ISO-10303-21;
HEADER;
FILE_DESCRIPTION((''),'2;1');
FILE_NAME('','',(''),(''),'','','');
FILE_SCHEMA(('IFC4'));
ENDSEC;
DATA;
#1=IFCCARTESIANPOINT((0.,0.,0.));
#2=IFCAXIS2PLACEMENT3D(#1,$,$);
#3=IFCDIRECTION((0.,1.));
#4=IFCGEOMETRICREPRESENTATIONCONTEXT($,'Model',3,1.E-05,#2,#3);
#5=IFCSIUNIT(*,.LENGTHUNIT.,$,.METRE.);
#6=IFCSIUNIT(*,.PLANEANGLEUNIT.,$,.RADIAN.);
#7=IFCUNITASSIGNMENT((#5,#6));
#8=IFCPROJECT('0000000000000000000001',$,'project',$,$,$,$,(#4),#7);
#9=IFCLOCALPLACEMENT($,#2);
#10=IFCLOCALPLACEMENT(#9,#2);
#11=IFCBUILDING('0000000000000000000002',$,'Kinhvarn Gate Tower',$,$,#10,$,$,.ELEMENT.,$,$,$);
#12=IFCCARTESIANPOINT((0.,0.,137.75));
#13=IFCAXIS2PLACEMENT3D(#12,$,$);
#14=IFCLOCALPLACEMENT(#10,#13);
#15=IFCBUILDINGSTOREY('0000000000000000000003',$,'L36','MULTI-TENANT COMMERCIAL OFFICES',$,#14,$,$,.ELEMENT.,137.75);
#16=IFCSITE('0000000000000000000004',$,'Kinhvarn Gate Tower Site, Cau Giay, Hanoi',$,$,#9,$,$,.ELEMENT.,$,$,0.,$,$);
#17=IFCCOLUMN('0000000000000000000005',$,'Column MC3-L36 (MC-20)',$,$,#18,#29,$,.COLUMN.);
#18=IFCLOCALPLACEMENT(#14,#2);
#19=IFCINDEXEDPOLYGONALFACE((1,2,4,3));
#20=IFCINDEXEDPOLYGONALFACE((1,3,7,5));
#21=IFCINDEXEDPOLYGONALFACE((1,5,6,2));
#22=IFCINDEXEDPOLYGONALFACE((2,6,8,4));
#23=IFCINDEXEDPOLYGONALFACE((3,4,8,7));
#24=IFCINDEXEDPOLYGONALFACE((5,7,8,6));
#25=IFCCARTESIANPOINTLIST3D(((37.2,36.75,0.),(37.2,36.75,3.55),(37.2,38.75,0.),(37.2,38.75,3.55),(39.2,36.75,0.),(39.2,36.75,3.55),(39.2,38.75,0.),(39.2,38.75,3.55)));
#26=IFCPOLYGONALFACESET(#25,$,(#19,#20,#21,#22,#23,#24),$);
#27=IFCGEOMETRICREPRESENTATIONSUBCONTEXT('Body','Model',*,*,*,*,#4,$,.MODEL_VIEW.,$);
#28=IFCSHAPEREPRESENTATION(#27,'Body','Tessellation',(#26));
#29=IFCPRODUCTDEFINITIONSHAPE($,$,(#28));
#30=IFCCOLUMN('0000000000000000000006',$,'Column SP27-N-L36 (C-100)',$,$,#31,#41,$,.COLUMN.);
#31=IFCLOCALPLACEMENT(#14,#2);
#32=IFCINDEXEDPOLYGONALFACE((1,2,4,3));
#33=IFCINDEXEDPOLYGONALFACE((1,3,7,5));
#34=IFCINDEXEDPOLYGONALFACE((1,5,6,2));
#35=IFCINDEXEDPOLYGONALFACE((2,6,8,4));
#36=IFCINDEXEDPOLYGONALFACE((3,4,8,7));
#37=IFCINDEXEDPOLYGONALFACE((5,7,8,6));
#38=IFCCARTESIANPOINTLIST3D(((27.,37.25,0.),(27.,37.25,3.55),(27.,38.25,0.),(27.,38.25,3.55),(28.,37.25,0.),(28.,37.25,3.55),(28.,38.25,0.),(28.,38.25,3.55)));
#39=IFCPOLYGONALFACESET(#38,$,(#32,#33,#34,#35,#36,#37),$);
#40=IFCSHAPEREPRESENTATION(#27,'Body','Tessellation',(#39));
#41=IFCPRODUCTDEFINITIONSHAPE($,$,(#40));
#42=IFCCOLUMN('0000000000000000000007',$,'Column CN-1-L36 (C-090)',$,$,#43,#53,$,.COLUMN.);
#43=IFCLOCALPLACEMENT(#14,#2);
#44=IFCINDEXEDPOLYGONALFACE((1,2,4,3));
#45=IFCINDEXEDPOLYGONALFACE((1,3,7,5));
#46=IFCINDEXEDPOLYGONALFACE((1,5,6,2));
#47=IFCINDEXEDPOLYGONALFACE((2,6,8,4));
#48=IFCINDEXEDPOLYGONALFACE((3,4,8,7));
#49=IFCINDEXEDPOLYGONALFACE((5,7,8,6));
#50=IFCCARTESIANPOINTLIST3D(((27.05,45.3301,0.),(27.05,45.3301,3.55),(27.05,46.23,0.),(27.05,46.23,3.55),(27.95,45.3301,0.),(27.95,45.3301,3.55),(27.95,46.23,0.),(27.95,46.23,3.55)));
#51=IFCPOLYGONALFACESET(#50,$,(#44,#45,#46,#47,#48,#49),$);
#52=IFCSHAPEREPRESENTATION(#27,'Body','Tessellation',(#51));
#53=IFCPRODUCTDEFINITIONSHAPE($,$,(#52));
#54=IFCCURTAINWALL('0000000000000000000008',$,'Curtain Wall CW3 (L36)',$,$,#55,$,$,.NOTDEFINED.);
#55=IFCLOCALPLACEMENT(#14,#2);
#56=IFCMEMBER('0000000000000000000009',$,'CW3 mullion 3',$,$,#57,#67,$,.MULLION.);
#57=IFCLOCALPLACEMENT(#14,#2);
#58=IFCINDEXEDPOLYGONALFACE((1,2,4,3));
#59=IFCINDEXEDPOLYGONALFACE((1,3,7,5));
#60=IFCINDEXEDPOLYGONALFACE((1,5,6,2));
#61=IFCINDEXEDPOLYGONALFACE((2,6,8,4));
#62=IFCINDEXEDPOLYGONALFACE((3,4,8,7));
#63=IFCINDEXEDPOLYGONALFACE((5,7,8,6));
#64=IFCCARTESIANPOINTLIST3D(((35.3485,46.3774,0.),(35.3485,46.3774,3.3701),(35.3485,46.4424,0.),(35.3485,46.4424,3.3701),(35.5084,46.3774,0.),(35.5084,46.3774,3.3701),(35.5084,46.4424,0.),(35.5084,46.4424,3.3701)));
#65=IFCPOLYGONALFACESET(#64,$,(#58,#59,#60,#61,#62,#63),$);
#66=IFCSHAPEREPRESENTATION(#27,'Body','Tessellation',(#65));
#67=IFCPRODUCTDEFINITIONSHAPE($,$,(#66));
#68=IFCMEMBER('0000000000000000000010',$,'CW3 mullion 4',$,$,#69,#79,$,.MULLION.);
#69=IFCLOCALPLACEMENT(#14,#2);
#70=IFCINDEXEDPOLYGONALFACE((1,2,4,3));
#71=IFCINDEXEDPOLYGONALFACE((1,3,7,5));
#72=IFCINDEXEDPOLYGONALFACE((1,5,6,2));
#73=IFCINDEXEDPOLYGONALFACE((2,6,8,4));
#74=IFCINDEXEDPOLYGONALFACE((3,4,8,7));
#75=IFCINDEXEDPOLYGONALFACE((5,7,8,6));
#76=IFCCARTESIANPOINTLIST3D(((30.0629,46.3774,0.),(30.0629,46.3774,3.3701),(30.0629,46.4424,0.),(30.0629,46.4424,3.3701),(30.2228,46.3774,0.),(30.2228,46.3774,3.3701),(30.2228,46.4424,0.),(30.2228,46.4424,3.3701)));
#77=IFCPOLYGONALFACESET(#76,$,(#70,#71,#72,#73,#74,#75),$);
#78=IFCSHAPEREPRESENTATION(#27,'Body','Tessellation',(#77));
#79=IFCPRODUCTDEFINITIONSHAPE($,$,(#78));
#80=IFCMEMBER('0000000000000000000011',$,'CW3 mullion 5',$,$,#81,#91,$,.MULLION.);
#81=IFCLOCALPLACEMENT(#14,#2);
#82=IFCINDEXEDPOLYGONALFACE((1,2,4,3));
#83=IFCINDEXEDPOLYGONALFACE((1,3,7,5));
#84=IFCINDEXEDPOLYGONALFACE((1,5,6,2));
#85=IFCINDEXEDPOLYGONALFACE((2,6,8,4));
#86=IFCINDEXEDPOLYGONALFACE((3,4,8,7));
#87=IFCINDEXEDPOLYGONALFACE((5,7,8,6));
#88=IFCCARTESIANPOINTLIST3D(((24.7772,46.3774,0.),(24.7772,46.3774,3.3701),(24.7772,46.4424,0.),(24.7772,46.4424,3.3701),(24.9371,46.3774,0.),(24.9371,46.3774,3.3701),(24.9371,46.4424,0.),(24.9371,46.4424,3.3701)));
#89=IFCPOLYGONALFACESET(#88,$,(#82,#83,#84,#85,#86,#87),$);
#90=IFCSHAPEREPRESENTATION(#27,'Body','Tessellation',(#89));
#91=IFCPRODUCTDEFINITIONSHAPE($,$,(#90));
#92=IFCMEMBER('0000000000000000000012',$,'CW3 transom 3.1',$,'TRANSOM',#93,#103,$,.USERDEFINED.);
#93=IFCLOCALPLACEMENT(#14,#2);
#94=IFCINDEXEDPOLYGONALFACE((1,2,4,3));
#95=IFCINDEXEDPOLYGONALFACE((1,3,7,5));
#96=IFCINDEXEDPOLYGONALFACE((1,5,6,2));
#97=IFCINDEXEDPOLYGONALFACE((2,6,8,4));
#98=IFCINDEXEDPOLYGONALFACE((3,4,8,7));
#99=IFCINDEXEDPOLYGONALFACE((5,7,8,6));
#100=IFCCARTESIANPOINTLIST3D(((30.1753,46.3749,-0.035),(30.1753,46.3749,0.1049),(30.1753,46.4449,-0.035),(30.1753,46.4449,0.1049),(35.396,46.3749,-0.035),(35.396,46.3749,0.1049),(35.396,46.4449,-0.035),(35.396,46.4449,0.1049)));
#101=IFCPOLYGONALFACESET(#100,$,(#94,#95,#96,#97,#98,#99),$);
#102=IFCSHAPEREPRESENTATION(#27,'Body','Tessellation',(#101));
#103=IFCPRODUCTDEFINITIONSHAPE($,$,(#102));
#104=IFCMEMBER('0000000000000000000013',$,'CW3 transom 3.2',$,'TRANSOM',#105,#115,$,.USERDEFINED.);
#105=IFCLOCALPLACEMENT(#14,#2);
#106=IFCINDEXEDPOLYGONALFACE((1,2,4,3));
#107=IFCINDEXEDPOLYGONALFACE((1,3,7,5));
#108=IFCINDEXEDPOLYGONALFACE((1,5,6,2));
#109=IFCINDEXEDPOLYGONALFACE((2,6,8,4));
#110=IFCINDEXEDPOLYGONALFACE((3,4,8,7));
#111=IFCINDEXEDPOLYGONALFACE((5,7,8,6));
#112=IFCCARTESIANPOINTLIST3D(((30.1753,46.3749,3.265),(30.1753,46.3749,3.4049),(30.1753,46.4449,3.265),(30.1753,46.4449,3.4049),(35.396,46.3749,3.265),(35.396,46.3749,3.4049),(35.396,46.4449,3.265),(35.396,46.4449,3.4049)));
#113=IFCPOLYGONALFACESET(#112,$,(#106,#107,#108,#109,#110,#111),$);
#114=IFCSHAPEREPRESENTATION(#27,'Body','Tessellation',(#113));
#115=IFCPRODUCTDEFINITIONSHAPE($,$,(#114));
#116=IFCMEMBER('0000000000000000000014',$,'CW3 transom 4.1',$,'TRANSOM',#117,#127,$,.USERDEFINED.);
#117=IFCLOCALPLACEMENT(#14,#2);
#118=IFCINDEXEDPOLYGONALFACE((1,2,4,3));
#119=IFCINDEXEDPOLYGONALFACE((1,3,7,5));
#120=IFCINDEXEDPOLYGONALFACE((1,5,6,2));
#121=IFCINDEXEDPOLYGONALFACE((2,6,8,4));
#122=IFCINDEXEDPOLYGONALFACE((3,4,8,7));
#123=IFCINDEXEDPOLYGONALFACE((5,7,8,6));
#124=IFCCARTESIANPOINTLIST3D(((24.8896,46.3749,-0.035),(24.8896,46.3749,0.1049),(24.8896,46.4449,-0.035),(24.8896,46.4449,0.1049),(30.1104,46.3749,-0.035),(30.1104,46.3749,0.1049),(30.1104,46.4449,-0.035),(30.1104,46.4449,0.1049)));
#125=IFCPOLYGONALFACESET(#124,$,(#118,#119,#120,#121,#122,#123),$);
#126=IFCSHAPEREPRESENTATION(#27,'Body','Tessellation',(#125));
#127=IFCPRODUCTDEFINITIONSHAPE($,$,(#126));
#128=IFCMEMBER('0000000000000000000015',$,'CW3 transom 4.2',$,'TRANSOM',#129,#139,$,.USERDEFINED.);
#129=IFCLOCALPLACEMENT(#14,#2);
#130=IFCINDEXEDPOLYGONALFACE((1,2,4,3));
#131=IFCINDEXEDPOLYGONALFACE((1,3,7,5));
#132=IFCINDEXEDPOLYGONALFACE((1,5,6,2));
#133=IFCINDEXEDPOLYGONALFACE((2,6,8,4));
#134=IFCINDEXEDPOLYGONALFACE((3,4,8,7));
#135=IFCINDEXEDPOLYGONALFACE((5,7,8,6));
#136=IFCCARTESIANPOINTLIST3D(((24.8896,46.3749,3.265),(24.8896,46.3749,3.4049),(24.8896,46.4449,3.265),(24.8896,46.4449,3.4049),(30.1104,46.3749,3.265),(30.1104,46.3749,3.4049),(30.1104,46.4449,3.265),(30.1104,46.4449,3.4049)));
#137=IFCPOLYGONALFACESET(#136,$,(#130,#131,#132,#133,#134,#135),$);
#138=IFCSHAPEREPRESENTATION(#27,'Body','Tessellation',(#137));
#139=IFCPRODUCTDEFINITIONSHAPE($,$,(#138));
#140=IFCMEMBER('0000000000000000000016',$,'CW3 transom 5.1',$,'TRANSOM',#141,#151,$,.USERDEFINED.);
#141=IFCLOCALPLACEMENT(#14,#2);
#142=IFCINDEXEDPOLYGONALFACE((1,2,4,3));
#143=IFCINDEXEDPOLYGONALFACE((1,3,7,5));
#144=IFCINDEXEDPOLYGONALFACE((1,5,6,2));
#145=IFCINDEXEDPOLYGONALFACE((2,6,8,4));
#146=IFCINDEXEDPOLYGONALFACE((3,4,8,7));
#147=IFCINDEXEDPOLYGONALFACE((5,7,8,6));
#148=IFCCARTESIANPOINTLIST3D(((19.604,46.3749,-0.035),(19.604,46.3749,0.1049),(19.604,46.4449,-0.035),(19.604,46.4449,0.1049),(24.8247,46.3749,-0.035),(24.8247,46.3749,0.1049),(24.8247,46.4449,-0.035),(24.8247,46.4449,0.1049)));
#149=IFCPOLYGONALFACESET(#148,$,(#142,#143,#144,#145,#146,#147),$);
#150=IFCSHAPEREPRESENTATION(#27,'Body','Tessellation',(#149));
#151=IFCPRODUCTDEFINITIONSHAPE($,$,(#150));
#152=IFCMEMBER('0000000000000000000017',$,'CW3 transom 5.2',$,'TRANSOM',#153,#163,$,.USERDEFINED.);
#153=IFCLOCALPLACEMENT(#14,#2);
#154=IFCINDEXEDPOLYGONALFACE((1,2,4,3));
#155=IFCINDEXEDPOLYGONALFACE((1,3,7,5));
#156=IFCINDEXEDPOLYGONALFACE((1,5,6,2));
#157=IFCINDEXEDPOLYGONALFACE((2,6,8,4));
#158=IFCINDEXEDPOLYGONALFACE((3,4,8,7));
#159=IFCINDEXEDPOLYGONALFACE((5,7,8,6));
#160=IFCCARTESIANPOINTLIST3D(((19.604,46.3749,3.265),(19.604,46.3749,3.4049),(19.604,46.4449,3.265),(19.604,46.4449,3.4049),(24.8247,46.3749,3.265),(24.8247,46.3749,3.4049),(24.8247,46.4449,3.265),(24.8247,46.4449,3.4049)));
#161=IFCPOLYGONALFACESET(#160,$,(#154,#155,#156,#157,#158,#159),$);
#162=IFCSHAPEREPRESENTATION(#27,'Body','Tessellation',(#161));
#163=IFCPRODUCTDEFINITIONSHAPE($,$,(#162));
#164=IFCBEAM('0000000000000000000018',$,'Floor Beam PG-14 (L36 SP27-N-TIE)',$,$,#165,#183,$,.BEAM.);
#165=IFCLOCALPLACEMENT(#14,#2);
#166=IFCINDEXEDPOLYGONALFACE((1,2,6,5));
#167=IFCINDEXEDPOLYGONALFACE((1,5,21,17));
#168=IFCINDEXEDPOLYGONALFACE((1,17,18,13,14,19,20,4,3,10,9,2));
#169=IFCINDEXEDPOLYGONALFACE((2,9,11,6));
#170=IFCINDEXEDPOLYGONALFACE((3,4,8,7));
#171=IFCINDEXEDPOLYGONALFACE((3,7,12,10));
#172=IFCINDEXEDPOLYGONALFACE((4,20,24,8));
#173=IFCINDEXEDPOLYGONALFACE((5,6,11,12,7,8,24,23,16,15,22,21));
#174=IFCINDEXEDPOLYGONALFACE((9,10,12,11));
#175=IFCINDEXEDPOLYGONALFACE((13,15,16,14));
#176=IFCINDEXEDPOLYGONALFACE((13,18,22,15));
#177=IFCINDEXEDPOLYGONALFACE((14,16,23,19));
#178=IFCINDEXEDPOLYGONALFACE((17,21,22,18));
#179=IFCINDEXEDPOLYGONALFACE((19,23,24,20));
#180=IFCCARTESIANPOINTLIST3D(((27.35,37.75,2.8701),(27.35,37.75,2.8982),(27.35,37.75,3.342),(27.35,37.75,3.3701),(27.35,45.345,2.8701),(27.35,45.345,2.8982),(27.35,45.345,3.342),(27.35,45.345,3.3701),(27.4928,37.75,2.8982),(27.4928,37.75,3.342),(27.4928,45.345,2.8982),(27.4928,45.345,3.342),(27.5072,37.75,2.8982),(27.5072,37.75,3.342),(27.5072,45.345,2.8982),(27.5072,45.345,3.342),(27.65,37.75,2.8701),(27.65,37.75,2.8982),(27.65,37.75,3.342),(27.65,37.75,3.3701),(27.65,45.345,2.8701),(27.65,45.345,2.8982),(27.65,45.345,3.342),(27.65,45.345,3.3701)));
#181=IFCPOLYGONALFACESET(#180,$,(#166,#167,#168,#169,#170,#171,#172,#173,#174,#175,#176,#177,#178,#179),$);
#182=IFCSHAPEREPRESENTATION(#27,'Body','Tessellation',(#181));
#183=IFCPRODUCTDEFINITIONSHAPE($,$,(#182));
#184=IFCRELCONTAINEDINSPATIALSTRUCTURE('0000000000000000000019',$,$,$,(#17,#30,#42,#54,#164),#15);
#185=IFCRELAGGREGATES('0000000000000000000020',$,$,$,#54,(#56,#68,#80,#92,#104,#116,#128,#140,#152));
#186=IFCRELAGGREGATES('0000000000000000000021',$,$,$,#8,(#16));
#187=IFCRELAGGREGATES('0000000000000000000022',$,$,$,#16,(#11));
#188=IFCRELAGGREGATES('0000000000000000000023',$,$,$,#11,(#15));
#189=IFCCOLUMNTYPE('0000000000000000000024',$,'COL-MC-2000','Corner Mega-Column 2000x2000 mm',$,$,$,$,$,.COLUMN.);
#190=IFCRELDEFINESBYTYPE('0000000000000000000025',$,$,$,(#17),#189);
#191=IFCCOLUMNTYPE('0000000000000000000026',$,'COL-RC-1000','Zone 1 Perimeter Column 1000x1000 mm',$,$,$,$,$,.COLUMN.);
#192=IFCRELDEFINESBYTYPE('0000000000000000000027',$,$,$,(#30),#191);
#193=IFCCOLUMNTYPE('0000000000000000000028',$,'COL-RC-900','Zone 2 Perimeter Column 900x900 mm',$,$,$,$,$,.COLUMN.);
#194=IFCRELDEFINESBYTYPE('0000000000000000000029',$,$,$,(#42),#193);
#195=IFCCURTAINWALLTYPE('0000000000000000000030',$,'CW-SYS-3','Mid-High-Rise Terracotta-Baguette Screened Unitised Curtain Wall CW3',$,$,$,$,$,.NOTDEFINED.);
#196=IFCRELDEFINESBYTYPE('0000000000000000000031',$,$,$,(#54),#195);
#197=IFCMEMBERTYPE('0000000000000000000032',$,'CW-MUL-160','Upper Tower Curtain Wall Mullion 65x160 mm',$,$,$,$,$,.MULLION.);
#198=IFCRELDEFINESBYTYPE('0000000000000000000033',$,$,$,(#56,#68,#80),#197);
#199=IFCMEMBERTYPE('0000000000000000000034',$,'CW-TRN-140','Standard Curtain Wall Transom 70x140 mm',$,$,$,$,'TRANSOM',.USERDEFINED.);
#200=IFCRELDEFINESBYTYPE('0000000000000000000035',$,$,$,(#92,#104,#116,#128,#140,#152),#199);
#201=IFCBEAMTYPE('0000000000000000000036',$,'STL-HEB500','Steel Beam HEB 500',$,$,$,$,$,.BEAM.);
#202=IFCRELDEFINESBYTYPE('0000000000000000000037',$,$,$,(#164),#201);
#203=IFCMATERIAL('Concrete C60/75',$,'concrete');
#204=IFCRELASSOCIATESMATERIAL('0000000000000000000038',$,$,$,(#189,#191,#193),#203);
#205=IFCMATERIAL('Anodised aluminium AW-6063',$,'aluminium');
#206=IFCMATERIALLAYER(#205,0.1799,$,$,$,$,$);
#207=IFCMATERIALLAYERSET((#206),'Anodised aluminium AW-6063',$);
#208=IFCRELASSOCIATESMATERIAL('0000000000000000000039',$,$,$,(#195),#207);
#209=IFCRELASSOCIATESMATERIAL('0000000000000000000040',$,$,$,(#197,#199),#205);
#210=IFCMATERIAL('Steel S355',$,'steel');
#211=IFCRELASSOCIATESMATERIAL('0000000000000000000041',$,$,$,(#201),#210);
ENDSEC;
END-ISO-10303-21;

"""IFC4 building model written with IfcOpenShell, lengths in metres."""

from ifc_helpers import new_model, si_unit, direction, frame, origin, origin_2d, place, context, subcontext, project, spatial, rectangle, i_section, extrude, material, layer, layer_set, material_profile, profile_set, type_object, element, aggregate, save


model = new_model("IFC4")

# Units and contexts
model_context = context("Model", 3, precision=1e-05, world=origin(), true_north=direction((0.0, 1.0)))
body_context = subcontext(model_context, "Body", "Model", "MODEL_VIEW")
ifc_project = project(units=[si_unit("LENGTHUNIT", "METRE"), si_unit("PLANEANGLEUNIT", "RADIAN")], contexts=[model_context])

# Site, building, storey
site_placement = place(None, origin())
site = spatial("IfcSite", under=ifc_project, at=site_placement, Name="Kinhvarn Gate Tower Site, Cau Giay, Hanoi", CompositionType="ELEMENT", RefElevation=0.0)
building_placement = place(site_placement, origin())
building = spatial("IfcBuilding", under=site, at=building_placement, Name="Kinhvarn Gate Tower", CompositionType="ELEMENT")
storey_placement = place(building_placement, frame((0.0, 0.0, 137.75)))
storey = spatial("IfcBuildingStorey", under=building, at=storey_placement, Name="L36", Description="MULTI-TENANT COMMERCIAL OFFICES", CompositionType="ELEMENT", Elevation=137.75)

# Columns
ifc_material_1 = material(Name="Concrete C60/75", Category="concrete")
ifc_material_profile_1 = material_profile(ifc_material_1, rectangle(XDim=2.0, YDim=2.0, at=origin_2d()), Name="RC 2000x2000")
ifc_profile_set_1 = profile_set([ifc_material_profile_1], Name="Concrete C60/75")
column_type_1 = type_object("IfcColumnType", Name="COL-MC-2000", Description="Corner Mega-Column 2000x2000 mm", PredefinedType="COLUMN", material=ifc_profile_set_1)
column_1_placement = place(storey_placement, frame((38.2, 37.75, 0.0), z_axis=(0.0, 0.0, 1.0), x_axis=(1.0, 0.0, 0.0)))
element("IfcColumn", 1, at=column_1_placement, inside=storey, type_object=column_type_1, Name="Column MC3-L36 (MC-20)", PredefinedType="COLUMN", context=body_context, shape_type="SweptSolid", body=[
    extrude(rectangle(XDim=2.0, YDim=2.0, at=origin_2d()), origin(), (0.0, 0.0, 1.0), 3.55),
])
ifc_material_profile_2 = material_profile(ifc_material_1, rectangle(XDim=1.0, YDim=1.0, at=origin_2d()), Name="RC 1000x1000")
ifc_profile_set_2 = profile_set([ifc_material_profile_2], Name="Concrete C60/75")
column_type_2 = type_object("IfcColumnType", Name="COL-RC-1000", Description="Zone 1 Perimeter Column 1000x1000 mm", PredefinedType="COLUMN", material=ifc_profile_set_2)
column_2_placement = place(storey_placement, frame((27.5, 37.75, 0.0), z_axis=(0.0, 0.0, 1.0), x_axis=(1.0, 0.0, 0.0)))
element("IfcColumn", 2, at=column_2_placement, inside=storey, type_object=column_type_2, Name="Column SP27-N-L36 (C-100)", PredefinedType="COLUMN", context=body_context, shape_type="SweptSolid", body=[
    extrude(rectangle(XDim=1.0, YDim=1.0, at=origin_2d()), origin(), (0.0, 0.0, 1.0), 3.55),
])
ifc_material_profile_3 = material_profile(ifc_material_1, rectangle(XDim=0.8999, YDim=0.8999, at=origin_2d()), Name="RC 900x900")
ifc_profile_set_3 = profile_set([ifc_material_profile_3], Name="Concrete C60/75")
column_type_3 = type_object("IfcColumnType", Name="COL-RC-900", Description="Zone 2 Perimeter Column 900x900 mm", PredefinedType="COLUMN", material=ifc_profile_set_3)
column_3_placement = place(storey_placement, frame((27.5, 45.78, 0.0), z_axis=(0.0, 0.0, 1.0), x_axis=(1.0, 0.0, 0.0)))
element("IfcColumn", 3, at=column_3_placement, inside=storey, type_object=column_type_3, Name="Column CN-1-L36 (C-090)", PredefinedType="COLUMN", context=body_context, shape_type="SweptSolid", body=[
    extrude(rectangle(XDim=0.8999, YDim=0.8999, at=origin_2d()), origin(), (0.0, 0.0, 1.0), 3.55),
])

# Curtain wall, members
ifc_material_2 = material(Name="Anodised aluminium AW-6063", Category="aluminium")
ifc_layer_1 = layer(ifc_material_2, 0.1799)
ifc_layer_set_1 = layer_set([ifc_layer_1], Name="Anodised aluminium AW-6063")
curtain_wall_type = type_object("IfcCurtainWallType", Name="CW-SYS-3", Description="Mid-High-Rise Terracotta-Baguette Screened Unitised Curtain Wall CW3", PredefinedType="NOTDEFINED", material=ifc_layer_set_1)
curtain_wall_placement = place(storey_placement, origin())
curtain_wall = element("IfcCurtainWall", 4, at=curtain_wall_placement, inside=storey, type_object=curtain_wall_type, Name="Curtain Wall CW3 (L36)", PredefinedType="NOTDEFINED")
ifc_material_profile_4 = material_profile(ifc_material_2, rectangle(XDim=0.0649, YDim=0.1599, at=origin_2d()), Name="ALU 65x160")
ifc_profile_set_4 = profile_set([ifc_material_profile_4], Name="Anodised aluminium AW-6063")
member_type_1 = type_object("IfcMemberType", Name="CW-MUL-160", Description="Upper Tower Curtain Wall Mullion 65x160 mm", PredefinedType="MULLION", material=ifc_profile_set_4)
member_1_placement = place(storey_placement, frame((35.4285, 46.4099, 0.0), z_axis=(0.0, 0.0, 1.0), x_axis=(0.0, -1.0, 0.0)))
member_1 = element("IfcMember", 5, at=member_1_placement, type_object=member_type_1, Name="CW3 mullion 3", PredefinedType="MULLION", context=body_context, shape_type="SweptSolid", body=[
    extrude(rectangle(XDim=0.0649, YDim=0.1599, at=origin_2d()), origin(), (0.0, 0.0, 1.0), 3.3701),
])
member_2_placement = place(storey_placement, frame((30.1428, 46.4099, 0.0), z_axis=(0.0, 0.0, 1.0), x_axis=(0.0, -1.0, 0.0)))
member_2 = element("IfcMember", 6, at=member_2_placement, type_object=member_type_1, Name="CW3 mullion 4", PredefinedType="MULLION", context=body_context, shape_type="SweptSolid", body=[
    extrude(rectangle(XDim=0.0649, YDim=0.1599, at=origin_2d()), origin(), (0.0, 0.0, 1.0), 3.3701),
])
member_3_placement = place(storey_placement, frame((24.8572, 46.4099, 0.0), z_axis=(0.0, 0.0, 1.0), x_axis=(0.0, -1.0, 0.0)))
member_3 = element("IfcMember", 7, at=member_3_placement, type_object=member_type_1, Name="CW3 mullion 5", PredefinedType="MULLION", context=body_context, shape_type="SweptSolid", body=[
    extrude(rectangle(XDim=0.0649, YDim=0.1599, at=origin_2d()), origin(), (0.0, 0.0, 1.0), 3.3701),
])
ifc_material_profile_5 = material_profile(ifc_material_2, rectangle(XDim=0.0701, YDim=0.1399, at=origin_2d()), Name="ALU 70x140")
ifc_profile_set_5 = profile_set([ifc_material_profile_5], Name="Anodised aluminium AW-6063")
member_type_2 = type_object("IfcMemberType", Name="CW-TRN-140", Description="Standard Curtain Wall Transom 70x140 mm", ElementType="TRANSOM", PredefinedType="USERDEFINED", material=ifc_profile_set_5)
member_4_placement = place(storey_placement, frame((35.396, 46.4099, 0.0349), z_axis=(-1.0, 0.0, 0.0), x_axis=(0.0, -1.0, 0.0)))
member_4 = element("IfcMember", 8, at=member_4_placement, type_object=member_type_2, Name="CW3 transom 3.1", ObjectType="TRANSOM", PredefinedType="USERDEFINED", context=body_context, shape_type="SweptSolid", body=[
    extrude(rectangle(XDim=0.0701, YDim=0.1399, at=origin_2d()), origin(), (0.0, 0.0, 1.0), 5.2207),
])
member_5_placement = place(storey_placement, frame((35.396, 46.4099, 3.335), z_axis=(-1.0, 0.0, 0.0), x_axis=(0.0, -1.0, 0.0)))
member_5 = element("IfcMember", 9, at=member_5_placement, type_object=member_type_2, Name="CW3 transom 3.2", ObjectType="TRANSOM", PredefinedType="USERDEFINED", context=body_context, shape_type="SweptSolid", body=[
    extrude(rectangle(XDim=0.0701, YDim=0.1399, at=origin_2d()), origin(), (0.0, 0.0, 1.0), 5.2207),
])
member_6_placement = place(storey_placement, frame((30.1104, 46.4099, 0.0349), z_axis=(-1.0, 0.0, 0.0), x_axis=(0.0, -1.0, 0.0)))
member_6 = element("IfcMember", 10, at=member_6_placement, type_object=member_type_2, Name="CW3 transom 4.1", ObjectType="TRANSOM", PredefinedType="USERDEFINED", context=body_context, shape_type="SweptSolid", body=[
    extrude(rectangle(XDim=0.0701, YDim=0.1399, at=origin_2d()), origin(), (0.0, 0.0, 1.0), 5.2207),
])
member_7_placement = place(storey_placement, frame((30.1104, 46.4099, 3.335), z_axis=(-1.0, 0.0, 0.0), x_axis=(0.0, -1.0, 0.0)))
member_7 = element("IfcMember", 11, at=member_7_placement, type_object=member_type_2, Name="CW3 transom 4.2", ObjectType="TRANSOM", PredefinedType="USERDEFINED", context=body_context, shape_type="SweptSolid", body=[
    extrude(rectangle(XDim=0.0701, YDim=0.1399, at=origin_2d()), origin(), (0.0, 0.0, 1.0), 5.2207),
])
member_8_placement = place(storey_placement, frame((24.8247, 46.4099, 0.0349), z_axis=(-1.0, 0.0, 0.0), x_axis=(0.0, -1.0, 0.0)))
member_8 = element("IfcMember", 12, at=member_8_placement, type_object=member_type_2, Name="CW3 transom 5.1", ObjectType="TRANSOM", PredefinedType="USERDEFINED", context=body_context, shape_type="SweptSolid", body=[
    extrude(rectangle(XDim=0.0701, YDim=0.1399, at=origin_2d()), origin(), (0.0, 0.0, 1.0), 5.2207),
])
member_9_placement = place(storey_placement, frame((24.8247, 46.4099, 3.335), z_axis=(-1.0, 0.0, 0.0), x_axis=(0.0, -1.0, 0.0)))
member_9 = element("IfcMember", 13, at=member_9_placement, type_object=member_type_2, Name="CW3 transom 5.2", ObjectType="TRANSOM", PredefinedType="USERDEFINED", context=body_context, shape_type="SweptSolid", body=[
    extrude(rectangle(XDim=0.0701, YDim=0.1399, at=origin_2d()), origin(), (0.0, 0.0, 1.0), 5.2207),
])

# Beam
ifc_material_3 = material(Name="Steel S355", Category="steel")
ifc_material_profile_6 = material_profile(ifc_material_3, i_section(OverallWidth=0.3, OverallDepth=0.5, WebThickness=0.0144, FlangeThickness=0.0281, at=origin_2d()), Name="HEB 500")
ifc_profile_set_6 = profile_set([ifc_material_profile_6], Name="Steel S355")
beam_type_1 = type_object("IfcBeamType", Name="STL-HEB500", Description="Steel Beam HEB 500", PredefinedType="BEAM", material=ifc_profile_set_6)
for number, where, z_axis, x_axis, name in (
    (14, (27.5, 37.75, 3.1201), (0.0, 1.0, 0.0), (-1.0, 0.0, 0.0), "Floor Beam PG-14 (L36 SP27-N-TIE)"),
):
    element("IfcBeam", number, at=place(storey_placement, frame(where, z_axis=z_axis, x_axis=x_axis)), inside=storey, type_object=beam_type_1, Name=name, PredefinedType="BEAM", context=body_context, shape_type="SweptSolid", body=[
        extrude(i_section(OverallWidth=0.3, OverallDepth=0.5, WebThickness=0.0144, FlangeThickness=0.0281, at=origin_2d()), origin(), (0.0, 0.0, 1.0), 7.595),
    ])

aggregate(curtain_wall, [member_1, member_2, member_3, member_4, member_5, member_6, member_7, member_8, member_9])

save(model, "model.ifc")
